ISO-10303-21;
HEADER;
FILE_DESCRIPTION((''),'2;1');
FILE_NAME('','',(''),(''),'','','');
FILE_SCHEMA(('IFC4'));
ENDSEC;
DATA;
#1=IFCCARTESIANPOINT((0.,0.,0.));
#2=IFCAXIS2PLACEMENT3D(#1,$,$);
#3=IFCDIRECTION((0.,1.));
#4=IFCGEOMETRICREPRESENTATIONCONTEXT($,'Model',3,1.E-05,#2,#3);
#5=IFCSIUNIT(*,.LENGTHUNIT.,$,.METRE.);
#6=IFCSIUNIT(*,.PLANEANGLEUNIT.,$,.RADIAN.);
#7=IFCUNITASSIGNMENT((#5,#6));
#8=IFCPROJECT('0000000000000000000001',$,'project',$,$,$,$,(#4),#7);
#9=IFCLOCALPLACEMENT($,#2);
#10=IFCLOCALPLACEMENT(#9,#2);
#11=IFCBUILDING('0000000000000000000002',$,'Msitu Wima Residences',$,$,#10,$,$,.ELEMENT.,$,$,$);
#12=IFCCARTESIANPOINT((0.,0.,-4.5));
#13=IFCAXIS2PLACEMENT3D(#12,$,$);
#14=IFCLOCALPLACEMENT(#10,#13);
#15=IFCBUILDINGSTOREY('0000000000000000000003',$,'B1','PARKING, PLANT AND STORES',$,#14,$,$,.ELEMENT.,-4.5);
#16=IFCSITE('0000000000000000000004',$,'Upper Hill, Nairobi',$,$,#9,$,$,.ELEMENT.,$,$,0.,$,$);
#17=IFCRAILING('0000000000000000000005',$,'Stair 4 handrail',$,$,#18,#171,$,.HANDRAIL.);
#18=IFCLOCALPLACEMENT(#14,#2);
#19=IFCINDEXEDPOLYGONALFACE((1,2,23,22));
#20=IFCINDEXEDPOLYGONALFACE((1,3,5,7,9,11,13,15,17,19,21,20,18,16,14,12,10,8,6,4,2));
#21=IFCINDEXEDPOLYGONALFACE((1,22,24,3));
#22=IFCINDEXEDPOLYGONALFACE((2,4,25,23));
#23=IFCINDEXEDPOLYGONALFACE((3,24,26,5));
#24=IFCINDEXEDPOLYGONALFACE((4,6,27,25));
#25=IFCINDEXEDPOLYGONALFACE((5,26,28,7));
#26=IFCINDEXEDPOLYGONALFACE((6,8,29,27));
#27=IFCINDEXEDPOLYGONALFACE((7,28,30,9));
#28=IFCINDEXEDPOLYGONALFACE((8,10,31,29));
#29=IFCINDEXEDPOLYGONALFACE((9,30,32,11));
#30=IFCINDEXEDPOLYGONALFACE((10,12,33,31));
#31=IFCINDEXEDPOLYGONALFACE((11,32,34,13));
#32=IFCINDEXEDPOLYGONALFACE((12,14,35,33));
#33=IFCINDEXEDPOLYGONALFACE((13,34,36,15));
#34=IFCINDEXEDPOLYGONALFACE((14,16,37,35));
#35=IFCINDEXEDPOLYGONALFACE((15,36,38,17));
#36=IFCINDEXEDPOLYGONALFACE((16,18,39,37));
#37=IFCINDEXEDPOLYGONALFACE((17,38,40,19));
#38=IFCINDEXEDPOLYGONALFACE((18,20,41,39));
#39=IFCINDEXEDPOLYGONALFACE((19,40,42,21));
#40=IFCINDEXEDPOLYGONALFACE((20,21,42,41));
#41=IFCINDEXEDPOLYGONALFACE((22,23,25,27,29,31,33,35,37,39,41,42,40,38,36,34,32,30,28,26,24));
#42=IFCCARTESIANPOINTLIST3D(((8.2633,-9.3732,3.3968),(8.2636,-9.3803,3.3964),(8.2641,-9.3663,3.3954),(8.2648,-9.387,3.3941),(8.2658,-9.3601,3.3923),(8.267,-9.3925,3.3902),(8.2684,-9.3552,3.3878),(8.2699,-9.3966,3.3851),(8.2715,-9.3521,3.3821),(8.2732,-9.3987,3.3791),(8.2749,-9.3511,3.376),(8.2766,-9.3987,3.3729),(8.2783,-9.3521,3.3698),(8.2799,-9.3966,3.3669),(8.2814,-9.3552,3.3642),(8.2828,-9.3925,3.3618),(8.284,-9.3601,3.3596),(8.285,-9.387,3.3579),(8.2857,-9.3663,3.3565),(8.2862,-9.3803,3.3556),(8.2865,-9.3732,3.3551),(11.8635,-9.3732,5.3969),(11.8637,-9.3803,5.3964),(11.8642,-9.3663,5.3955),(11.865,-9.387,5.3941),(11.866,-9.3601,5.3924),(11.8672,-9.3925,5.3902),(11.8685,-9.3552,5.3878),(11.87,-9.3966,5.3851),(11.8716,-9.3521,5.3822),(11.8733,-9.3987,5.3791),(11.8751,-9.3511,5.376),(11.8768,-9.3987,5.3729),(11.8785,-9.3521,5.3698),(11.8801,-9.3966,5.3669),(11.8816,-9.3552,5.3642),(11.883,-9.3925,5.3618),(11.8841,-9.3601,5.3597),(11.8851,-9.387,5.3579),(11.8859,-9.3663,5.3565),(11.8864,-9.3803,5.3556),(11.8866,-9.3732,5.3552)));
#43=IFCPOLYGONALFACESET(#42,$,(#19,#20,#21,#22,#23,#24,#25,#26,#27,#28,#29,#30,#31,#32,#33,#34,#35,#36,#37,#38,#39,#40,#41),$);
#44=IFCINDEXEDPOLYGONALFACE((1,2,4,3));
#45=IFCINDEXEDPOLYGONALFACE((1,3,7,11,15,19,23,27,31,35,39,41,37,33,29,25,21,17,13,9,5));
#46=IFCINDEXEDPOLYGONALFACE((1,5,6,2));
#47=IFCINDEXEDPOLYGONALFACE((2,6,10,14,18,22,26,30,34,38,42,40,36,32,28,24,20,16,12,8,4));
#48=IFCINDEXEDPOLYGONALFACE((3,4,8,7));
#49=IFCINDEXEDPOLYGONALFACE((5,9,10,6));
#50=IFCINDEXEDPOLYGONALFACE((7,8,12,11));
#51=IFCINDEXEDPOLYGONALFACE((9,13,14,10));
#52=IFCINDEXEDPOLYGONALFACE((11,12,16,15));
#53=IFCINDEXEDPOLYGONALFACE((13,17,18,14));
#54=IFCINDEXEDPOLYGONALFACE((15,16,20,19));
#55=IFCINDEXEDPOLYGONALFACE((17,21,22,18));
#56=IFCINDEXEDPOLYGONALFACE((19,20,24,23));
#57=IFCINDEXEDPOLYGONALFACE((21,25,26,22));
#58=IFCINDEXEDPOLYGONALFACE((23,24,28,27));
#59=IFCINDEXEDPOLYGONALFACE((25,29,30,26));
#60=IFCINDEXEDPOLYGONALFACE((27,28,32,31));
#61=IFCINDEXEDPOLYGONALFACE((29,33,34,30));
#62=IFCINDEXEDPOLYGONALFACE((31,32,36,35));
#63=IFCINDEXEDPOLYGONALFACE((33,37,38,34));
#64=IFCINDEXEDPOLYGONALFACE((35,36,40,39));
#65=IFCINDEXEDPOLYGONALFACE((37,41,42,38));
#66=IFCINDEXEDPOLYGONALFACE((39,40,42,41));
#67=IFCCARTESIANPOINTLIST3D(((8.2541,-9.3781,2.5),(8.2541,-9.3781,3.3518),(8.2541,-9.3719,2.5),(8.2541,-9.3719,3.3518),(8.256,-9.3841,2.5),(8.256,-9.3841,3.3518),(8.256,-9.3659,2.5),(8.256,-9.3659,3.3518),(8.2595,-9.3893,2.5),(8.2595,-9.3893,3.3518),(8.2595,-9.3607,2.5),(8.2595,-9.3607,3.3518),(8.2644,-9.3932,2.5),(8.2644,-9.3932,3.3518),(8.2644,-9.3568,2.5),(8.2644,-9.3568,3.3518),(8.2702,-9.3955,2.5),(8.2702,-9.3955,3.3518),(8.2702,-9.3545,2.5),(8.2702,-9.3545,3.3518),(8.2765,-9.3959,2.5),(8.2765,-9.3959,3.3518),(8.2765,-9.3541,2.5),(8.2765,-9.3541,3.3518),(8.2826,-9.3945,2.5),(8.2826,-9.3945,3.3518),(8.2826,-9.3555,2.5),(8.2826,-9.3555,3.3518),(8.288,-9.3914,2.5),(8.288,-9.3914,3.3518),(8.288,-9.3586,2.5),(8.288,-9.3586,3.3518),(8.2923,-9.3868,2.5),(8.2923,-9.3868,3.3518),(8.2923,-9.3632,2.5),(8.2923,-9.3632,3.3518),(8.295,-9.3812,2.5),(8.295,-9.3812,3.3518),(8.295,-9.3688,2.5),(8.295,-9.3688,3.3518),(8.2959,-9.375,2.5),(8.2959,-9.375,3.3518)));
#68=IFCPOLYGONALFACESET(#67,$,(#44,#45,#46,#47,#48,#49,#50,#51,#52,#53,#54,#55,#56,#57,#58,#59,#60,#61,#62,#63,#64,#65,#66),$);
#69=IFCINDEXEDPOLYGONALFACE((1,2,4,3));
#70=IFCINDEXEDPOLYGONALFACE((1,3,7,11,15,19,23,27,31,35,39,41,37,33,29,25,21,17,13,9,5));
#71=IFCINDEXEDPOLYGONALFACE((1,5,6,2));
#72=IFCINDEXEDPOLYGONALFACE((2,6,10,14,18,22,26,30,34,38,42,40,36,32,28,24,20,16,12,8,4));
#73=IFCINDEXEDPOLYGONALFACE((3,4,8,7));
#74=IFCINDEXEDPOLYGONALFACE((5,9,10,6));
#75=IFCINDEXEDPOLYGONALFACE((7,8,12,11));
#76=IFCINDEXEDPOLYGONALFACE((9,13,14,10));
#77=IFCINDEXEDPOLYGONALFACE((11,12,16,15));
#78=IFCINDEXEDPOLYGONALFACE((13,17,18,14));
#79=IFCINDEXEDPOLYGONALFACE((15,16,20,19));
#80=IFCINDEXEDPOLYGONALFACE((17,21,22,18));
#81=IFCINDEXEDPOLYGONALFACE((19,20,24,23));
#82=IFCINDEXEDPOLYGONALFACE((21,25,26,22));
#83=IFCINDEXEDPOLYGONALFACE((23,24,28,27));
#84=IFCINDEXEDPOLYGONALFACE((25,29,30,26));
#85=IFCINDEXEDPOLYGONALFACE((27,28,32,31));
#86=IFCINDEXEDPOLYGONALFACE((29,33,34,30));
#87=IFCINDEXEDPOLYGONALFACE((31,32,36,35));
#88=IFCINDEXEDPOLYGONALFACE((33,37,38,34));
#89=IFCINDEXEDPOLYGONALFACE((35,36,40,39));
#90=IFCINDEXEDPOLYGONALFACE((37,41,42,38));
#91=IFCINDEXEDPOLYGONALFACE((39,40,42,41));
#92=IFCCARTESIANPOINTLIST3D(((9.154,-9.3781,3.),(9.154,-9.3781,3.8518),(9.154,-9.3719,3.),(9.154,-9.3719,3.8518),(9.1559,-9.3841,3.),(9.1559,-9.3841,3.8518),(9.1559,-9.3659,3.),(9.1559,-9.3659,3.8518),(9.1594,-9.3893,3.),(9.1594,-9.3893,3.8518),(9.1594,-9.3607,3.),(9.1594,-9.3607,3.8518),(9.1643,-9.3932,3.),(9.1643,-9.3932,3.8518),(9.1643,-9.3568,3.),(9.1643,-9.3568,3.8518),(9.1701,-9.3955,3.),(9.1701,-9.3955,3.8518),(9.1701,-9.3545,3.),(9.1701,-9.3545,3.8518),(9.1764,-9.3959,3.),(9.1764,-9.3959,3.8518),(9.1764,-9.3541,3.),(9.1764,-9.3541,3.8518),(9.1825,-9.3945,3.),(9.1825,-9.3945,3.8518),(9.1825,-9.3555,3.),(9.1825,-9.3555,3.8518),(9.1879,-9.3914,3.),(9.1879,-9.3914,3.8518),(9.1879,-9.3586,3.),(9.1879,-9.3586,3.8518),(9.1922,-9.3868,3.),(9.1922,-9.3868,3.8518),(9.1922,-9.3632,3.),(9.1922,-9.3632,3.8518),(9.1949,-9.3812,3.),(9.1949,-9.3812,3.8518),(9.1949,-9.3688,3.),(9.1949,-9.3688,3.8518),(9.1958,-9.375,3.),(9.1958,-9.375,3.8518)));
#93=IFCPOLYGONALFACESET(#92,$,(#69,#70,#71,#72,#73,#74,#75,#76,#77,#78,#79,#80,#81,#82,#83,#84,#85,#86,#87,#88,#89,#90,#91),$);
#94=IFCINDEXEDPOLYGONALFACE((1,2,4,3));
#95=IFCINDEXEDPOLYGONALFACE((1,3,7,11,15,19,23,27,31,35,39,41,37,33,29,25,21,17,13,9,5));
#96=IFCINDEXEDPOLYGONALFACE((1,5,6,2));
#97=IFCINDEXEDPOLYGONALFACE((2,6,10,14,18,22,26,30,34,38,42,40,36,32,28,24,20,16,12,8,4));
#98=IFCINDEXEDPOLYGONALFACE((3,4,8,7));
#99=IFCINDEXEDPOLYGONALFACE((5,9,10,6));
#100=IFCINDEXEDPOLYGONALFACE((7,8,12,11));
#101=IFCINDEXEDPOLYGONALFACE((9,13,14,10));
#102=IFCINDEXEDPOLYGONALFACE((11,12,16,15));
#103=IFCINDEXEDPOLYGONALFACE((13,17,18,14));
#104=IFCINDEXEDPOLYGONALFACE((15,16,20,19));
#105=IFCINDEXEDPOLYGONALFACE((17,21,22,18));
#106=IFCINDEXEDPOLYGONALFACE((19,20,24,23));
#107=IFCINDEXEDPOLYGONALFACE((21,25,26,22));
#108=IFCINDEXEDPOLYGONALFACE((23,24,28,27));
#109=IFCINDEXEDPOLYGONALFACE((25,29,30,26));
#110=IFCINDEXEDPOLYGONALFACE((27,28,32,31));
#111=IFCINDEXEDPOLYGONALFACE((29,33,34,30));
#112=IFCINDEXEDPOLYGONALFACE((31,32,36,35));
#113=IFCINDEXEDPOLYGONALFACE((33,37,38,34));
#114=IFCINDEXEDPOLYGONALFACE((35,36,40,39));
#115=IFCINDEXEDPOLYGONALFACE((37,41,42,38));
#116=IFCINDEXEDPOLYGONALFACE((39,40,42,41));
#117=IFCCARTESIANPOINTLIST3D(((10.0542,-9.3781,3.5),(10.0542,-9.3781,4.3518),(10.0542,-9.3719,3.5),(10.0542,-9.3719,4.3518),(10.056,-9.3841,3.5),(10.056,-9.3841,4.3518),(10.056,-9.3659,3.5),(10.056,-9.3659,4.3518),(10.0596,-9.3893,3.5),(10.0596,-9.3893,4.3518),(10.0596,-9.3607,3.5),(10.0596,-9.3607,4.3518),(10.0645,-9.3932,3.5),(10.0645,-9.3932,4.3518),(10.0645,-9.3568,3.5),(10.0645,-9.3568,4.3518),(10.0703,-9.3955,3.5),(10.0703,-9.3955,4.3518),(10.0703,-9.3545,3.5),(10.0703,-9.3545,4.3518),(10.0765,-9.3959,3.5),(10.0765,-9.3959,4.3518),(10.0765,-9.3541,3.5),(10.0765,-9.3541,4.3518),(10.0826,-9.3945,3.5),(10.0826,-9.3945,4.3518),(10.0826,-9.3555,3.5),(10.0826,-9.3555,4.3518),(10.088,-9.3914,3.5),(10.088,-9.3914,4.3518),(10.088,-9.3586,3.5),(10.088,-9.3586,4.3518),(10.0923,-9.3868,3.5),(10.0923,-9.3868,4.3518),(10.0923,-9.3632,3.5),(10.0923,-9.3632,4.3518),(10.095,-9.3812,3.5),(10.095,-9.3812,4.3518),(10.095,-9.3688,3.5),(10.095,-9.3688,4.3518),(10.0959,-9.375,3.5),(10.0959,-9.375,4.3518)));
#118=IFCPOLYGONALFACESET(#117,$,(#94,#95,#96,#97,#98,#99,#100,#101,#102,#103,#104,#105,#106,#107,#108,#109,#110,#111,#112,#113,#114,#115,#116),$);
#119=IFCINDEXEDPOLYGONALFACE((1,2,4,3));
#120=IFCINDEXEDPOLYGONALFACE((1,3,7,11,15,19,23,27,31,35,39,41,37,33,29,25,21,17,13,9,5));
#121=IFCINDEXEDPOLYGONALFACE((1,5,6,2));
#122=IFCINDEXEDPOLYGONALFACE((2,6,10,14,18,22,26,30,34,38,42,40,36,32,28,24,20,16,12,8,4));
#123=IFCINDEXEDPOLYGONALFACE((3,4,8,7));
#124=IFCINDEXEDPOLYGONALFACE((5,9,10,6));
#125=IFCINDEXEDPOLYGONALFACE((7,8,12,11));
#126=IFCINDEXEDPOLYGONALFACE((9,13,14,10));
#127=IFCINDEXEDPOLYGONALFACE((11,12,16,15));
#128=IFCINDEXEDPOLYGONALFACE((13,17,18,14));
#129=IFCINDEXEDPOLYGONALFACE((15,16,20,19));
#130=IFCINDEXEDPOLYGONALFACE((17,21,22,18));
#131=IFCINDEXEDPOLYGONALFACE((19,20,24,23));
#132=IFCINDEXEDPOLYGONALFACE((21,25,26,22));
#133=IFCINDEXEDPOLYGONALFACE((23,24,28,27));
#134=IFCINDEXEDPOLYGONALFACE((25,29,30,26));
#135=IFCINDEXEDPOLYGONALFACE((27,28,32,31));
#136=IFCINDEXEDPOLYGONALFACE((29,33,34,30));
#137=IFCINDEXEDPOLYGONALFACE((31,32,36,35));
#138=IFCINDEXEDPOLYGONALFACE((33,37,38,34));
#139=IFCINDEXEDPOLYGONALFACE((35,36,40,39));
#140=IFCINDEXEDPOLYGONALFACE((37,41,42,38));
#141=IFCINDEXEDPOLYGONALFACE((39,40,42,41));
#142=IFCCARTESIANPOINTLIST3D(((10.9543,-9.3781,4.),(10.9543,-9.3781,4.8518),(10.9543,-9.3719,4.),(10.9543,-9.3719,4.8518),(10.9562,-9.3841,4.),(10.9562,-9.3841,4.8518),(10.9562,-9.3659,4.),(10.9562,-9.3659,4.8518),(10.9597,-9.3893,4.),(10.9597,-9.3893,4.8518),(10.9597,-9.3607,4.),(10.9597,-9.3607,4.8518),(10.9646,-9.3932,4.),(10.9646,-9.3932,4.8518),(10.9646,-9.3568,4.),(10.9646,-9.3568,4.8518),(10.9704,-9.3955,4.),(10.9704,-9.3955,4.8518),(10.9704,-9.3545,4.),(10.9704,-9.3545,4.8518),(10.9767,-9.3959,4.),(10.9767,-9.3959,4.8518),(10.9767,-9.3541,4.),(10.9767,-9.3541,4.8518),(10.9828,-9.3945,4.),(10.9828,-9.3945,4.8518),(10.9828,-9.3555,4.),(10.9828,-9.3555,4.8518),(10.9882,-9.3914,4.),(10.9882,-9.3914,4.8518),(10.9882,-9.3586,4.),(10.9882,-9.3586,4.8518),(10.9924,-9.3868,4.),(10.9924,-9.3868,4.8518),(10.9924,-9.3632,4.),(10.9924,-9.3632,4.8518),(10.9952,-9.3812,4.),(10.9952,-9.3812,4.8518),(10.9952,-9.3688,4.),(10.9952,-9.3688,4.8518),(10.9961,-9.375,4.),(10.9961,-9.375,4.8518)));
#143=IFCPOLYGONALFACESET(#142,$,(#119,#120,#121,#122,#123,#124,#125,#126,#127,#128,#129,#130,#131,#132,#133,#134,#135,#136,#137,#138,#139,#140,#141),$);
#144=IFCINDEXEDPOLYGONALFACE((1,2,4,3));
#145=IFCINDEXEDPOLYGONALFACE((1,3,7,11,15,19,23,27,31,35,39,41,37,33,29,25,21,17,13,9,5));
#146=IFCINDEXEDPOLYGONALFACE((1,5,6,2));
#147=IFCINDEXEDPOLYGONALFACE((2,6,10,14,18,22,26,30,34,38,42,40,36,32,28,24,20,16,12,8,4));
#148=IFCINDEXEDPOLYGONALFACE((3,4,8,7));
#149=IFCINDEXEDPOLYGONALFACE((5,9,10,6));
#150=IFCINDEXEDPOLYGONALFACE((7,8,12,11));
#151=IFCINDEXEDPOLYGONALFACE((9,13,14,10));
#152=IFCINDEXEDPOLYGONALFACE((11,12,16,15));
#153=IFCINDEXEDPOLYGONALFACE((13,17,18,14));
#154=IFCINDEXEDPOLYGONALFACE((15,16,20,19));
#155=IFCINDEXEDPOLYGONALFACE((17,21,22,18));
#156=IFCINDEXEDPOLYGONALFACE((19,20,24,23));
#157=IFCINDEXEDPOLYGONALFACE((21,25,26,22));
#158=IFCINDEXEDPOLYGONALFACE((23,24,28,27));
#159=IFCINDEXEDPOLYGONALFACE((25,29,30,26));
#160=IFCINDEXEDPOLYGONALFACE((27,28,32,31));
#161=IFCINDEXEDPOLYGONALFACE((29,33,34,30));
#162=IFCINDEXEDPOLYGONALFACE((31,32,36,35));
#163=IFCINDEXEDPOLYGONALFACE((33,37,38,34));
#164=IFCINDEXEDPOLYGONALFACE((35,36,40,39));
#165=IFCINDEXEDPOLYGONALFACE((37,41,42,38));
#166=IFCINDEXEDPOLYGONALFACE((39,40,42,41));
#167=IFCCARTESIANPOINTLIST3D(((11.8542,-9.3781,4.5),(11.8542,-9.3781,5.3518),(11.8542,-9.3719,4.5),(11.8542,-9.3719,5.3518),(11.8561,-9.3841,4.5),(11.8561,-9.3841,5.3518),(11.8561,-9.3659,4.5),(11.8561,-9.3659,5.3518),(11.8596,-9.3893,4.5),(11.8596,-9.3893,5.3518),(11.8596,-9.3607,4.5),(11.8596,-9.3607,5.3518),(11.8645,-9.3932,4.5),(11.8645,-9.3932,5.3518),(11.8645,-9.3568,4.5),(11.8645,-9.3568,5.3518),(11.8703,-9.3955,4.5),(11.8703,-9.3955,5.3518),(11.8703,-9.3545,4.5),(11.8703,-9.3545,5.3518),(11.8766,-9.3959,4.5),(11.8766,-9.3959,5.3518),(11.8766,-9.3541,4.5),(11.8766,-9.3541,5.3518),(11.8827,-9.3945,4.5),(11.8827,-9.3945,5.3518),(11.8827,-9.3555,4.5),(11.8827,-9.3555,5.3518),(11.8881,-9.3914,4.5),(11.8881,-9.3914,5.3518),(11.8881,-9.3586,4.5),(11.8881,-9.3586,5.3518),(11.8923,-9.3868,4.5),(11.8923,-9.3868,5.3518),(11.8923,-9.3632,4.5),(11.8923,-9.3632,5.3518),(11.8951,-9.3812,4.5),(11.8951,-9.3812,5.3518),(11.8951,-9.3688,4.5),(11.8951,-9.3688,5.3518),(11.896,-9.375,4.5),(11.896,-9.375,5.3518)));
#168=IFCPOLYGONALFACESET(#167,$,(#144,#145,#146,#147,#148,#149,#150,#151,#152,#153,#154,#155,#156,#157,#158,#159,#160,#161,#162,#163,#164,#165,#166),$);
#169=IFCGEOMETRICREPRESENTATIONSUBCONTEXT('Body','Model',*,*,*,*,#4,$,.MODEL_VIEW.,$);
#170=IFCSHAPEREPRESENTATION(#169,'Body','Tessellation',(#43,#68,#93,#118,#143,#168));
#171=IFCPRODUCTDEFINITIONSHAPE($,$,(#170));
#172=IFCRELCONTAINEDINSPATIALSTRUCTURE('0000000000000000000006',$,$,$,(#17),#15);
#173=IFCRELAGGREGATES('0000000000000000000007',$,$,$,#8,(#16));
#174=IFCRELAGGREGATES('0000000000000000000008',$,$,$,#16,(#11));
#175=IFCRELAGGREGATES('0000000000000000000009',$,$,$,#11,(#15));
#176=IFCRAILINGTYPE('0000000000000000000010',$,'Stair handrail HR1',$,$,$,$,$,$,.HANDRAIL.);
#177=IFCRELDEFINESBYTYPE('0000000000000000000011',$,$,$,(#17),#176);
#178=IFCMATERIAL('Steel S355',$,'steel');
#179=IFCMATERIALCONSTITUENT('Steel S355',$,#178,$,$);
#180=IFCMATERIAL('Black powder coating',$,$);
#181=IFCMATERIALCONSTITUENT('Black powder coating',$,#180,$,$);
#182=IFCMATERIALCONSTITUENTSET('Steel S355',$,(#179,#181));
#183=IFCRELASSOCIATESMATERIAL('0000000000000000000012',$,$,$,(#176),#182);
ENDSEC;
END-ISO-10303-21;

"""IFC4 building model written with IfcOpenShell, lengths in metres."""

from ifc_helpers import new_model, si_unit, direction, frame, origin, origin_2d, place, context, subcontext, project, spatial, circle, extrude, material, constituent, constituent_set, type_object, element, save


model = new_model("IFC4")

# Units and contexts
model_context = context("Model", 3, precision=1e-05, world=origin(), true_north=direction((0.0, 1.0)))
body_context = subcontext(model_context, "Body", "Model", "MODEL_VIEW")
ifc_project = project(units=[si_unit("LENGTHUNIT", "METRE"), si_unit("PLANEANGLEUNIT", "RADIAN")], contexts=[model_context])

# Site, building, storey
site_placement = place(None, origin())
site = spatial("IfcSite", under=ifc_project, at=site_placement, Name="Upper Hill, Nairobi", CompositionType="ELEMENT", RefElevation=0.0)
building_placement = place(site_placement, origin())
building = spatial("IfcBuilding", under=site, at=building_placement, Name="Msitu Wima Residences", CompositionType="ELEMENT")
storey_placement = place(building_placement, frame((0.0, 0.0, -4.5)))
storey = spatial("IfcBuildingStorey", under=building, at=storey_placement, Name="B1", Description="PARKING, PLANT AND STORES", CompositionType="ELEMENT", Elevation=-4.5)

# Railing
ifc_material_1 = material(Name="Steel S355", Category="steel")
ifc_constituent_1 = constituent(ifc_material_1, Name="Steel S355")
ifc_material_2 = material(Name="Black powder coating")
ifc_constituent_2 = constituent(ifc_material_2, Name="Black powder coating")
ifc_constituent_set = constituent_set(constituents=[ifc_constituent_1, ifc_constituent_2], Name="Steel S355")
railing_type = type_object("IfcRailingType", Name="Stair handrail HR1", PredefinedType="HANDRAIL", material=ifc_constituent_set)
for number, where, name in (
    (1, (8.2749, -9.375, 2.5), "Stair 4 handrail"),
):
    element("IfcRailing", number, at=place(storey_placement, frame(where)), inside=storey, type_object=railing_type, Name=name, PredefinedType="HANDRAIL", context=body_context, shape_type="SweptSolid", body=[
        extrude(circle(Radius=0.0239, at=origin_2d()), frame((0.0, 0.0, 0.876), z_axis=(0.874163, 0.0, 0.485633), x_axis=(0.0, 1.0, 0.0)), (0.0, 0.0, 1.0), 4.1184),
        extrude(circle(Radius=0.021, at=origin_2d()), origin(), (0.0, 0.0, 1.0), 0.8518),
        extrude(circle(Radius=0.021, at=origin_2d()), frame((0.8999, 0.0, 0.5)), (0.0, 0.0, 1.0), 0.8518),
        extrude(circle(Radius=0.021, at=origin_2d()), frame((1.8, 0.0, 1.0)), (0.0, 0.0, 1.0), 0.8518),
        extrude(circle(Radius=0.021, at=origin_2d()), frame((2.7002, 0.0, 1.5)), (0.0, 0.0, 1.0), 0.8518),
        extrude(circle(Radius=0.021, at=origin_2d()), frame((3.6001, 0.0, 2.0)), (0.0, 0.0, 1.0), 0.8518),
    ])

save(model, "model.ifc")
